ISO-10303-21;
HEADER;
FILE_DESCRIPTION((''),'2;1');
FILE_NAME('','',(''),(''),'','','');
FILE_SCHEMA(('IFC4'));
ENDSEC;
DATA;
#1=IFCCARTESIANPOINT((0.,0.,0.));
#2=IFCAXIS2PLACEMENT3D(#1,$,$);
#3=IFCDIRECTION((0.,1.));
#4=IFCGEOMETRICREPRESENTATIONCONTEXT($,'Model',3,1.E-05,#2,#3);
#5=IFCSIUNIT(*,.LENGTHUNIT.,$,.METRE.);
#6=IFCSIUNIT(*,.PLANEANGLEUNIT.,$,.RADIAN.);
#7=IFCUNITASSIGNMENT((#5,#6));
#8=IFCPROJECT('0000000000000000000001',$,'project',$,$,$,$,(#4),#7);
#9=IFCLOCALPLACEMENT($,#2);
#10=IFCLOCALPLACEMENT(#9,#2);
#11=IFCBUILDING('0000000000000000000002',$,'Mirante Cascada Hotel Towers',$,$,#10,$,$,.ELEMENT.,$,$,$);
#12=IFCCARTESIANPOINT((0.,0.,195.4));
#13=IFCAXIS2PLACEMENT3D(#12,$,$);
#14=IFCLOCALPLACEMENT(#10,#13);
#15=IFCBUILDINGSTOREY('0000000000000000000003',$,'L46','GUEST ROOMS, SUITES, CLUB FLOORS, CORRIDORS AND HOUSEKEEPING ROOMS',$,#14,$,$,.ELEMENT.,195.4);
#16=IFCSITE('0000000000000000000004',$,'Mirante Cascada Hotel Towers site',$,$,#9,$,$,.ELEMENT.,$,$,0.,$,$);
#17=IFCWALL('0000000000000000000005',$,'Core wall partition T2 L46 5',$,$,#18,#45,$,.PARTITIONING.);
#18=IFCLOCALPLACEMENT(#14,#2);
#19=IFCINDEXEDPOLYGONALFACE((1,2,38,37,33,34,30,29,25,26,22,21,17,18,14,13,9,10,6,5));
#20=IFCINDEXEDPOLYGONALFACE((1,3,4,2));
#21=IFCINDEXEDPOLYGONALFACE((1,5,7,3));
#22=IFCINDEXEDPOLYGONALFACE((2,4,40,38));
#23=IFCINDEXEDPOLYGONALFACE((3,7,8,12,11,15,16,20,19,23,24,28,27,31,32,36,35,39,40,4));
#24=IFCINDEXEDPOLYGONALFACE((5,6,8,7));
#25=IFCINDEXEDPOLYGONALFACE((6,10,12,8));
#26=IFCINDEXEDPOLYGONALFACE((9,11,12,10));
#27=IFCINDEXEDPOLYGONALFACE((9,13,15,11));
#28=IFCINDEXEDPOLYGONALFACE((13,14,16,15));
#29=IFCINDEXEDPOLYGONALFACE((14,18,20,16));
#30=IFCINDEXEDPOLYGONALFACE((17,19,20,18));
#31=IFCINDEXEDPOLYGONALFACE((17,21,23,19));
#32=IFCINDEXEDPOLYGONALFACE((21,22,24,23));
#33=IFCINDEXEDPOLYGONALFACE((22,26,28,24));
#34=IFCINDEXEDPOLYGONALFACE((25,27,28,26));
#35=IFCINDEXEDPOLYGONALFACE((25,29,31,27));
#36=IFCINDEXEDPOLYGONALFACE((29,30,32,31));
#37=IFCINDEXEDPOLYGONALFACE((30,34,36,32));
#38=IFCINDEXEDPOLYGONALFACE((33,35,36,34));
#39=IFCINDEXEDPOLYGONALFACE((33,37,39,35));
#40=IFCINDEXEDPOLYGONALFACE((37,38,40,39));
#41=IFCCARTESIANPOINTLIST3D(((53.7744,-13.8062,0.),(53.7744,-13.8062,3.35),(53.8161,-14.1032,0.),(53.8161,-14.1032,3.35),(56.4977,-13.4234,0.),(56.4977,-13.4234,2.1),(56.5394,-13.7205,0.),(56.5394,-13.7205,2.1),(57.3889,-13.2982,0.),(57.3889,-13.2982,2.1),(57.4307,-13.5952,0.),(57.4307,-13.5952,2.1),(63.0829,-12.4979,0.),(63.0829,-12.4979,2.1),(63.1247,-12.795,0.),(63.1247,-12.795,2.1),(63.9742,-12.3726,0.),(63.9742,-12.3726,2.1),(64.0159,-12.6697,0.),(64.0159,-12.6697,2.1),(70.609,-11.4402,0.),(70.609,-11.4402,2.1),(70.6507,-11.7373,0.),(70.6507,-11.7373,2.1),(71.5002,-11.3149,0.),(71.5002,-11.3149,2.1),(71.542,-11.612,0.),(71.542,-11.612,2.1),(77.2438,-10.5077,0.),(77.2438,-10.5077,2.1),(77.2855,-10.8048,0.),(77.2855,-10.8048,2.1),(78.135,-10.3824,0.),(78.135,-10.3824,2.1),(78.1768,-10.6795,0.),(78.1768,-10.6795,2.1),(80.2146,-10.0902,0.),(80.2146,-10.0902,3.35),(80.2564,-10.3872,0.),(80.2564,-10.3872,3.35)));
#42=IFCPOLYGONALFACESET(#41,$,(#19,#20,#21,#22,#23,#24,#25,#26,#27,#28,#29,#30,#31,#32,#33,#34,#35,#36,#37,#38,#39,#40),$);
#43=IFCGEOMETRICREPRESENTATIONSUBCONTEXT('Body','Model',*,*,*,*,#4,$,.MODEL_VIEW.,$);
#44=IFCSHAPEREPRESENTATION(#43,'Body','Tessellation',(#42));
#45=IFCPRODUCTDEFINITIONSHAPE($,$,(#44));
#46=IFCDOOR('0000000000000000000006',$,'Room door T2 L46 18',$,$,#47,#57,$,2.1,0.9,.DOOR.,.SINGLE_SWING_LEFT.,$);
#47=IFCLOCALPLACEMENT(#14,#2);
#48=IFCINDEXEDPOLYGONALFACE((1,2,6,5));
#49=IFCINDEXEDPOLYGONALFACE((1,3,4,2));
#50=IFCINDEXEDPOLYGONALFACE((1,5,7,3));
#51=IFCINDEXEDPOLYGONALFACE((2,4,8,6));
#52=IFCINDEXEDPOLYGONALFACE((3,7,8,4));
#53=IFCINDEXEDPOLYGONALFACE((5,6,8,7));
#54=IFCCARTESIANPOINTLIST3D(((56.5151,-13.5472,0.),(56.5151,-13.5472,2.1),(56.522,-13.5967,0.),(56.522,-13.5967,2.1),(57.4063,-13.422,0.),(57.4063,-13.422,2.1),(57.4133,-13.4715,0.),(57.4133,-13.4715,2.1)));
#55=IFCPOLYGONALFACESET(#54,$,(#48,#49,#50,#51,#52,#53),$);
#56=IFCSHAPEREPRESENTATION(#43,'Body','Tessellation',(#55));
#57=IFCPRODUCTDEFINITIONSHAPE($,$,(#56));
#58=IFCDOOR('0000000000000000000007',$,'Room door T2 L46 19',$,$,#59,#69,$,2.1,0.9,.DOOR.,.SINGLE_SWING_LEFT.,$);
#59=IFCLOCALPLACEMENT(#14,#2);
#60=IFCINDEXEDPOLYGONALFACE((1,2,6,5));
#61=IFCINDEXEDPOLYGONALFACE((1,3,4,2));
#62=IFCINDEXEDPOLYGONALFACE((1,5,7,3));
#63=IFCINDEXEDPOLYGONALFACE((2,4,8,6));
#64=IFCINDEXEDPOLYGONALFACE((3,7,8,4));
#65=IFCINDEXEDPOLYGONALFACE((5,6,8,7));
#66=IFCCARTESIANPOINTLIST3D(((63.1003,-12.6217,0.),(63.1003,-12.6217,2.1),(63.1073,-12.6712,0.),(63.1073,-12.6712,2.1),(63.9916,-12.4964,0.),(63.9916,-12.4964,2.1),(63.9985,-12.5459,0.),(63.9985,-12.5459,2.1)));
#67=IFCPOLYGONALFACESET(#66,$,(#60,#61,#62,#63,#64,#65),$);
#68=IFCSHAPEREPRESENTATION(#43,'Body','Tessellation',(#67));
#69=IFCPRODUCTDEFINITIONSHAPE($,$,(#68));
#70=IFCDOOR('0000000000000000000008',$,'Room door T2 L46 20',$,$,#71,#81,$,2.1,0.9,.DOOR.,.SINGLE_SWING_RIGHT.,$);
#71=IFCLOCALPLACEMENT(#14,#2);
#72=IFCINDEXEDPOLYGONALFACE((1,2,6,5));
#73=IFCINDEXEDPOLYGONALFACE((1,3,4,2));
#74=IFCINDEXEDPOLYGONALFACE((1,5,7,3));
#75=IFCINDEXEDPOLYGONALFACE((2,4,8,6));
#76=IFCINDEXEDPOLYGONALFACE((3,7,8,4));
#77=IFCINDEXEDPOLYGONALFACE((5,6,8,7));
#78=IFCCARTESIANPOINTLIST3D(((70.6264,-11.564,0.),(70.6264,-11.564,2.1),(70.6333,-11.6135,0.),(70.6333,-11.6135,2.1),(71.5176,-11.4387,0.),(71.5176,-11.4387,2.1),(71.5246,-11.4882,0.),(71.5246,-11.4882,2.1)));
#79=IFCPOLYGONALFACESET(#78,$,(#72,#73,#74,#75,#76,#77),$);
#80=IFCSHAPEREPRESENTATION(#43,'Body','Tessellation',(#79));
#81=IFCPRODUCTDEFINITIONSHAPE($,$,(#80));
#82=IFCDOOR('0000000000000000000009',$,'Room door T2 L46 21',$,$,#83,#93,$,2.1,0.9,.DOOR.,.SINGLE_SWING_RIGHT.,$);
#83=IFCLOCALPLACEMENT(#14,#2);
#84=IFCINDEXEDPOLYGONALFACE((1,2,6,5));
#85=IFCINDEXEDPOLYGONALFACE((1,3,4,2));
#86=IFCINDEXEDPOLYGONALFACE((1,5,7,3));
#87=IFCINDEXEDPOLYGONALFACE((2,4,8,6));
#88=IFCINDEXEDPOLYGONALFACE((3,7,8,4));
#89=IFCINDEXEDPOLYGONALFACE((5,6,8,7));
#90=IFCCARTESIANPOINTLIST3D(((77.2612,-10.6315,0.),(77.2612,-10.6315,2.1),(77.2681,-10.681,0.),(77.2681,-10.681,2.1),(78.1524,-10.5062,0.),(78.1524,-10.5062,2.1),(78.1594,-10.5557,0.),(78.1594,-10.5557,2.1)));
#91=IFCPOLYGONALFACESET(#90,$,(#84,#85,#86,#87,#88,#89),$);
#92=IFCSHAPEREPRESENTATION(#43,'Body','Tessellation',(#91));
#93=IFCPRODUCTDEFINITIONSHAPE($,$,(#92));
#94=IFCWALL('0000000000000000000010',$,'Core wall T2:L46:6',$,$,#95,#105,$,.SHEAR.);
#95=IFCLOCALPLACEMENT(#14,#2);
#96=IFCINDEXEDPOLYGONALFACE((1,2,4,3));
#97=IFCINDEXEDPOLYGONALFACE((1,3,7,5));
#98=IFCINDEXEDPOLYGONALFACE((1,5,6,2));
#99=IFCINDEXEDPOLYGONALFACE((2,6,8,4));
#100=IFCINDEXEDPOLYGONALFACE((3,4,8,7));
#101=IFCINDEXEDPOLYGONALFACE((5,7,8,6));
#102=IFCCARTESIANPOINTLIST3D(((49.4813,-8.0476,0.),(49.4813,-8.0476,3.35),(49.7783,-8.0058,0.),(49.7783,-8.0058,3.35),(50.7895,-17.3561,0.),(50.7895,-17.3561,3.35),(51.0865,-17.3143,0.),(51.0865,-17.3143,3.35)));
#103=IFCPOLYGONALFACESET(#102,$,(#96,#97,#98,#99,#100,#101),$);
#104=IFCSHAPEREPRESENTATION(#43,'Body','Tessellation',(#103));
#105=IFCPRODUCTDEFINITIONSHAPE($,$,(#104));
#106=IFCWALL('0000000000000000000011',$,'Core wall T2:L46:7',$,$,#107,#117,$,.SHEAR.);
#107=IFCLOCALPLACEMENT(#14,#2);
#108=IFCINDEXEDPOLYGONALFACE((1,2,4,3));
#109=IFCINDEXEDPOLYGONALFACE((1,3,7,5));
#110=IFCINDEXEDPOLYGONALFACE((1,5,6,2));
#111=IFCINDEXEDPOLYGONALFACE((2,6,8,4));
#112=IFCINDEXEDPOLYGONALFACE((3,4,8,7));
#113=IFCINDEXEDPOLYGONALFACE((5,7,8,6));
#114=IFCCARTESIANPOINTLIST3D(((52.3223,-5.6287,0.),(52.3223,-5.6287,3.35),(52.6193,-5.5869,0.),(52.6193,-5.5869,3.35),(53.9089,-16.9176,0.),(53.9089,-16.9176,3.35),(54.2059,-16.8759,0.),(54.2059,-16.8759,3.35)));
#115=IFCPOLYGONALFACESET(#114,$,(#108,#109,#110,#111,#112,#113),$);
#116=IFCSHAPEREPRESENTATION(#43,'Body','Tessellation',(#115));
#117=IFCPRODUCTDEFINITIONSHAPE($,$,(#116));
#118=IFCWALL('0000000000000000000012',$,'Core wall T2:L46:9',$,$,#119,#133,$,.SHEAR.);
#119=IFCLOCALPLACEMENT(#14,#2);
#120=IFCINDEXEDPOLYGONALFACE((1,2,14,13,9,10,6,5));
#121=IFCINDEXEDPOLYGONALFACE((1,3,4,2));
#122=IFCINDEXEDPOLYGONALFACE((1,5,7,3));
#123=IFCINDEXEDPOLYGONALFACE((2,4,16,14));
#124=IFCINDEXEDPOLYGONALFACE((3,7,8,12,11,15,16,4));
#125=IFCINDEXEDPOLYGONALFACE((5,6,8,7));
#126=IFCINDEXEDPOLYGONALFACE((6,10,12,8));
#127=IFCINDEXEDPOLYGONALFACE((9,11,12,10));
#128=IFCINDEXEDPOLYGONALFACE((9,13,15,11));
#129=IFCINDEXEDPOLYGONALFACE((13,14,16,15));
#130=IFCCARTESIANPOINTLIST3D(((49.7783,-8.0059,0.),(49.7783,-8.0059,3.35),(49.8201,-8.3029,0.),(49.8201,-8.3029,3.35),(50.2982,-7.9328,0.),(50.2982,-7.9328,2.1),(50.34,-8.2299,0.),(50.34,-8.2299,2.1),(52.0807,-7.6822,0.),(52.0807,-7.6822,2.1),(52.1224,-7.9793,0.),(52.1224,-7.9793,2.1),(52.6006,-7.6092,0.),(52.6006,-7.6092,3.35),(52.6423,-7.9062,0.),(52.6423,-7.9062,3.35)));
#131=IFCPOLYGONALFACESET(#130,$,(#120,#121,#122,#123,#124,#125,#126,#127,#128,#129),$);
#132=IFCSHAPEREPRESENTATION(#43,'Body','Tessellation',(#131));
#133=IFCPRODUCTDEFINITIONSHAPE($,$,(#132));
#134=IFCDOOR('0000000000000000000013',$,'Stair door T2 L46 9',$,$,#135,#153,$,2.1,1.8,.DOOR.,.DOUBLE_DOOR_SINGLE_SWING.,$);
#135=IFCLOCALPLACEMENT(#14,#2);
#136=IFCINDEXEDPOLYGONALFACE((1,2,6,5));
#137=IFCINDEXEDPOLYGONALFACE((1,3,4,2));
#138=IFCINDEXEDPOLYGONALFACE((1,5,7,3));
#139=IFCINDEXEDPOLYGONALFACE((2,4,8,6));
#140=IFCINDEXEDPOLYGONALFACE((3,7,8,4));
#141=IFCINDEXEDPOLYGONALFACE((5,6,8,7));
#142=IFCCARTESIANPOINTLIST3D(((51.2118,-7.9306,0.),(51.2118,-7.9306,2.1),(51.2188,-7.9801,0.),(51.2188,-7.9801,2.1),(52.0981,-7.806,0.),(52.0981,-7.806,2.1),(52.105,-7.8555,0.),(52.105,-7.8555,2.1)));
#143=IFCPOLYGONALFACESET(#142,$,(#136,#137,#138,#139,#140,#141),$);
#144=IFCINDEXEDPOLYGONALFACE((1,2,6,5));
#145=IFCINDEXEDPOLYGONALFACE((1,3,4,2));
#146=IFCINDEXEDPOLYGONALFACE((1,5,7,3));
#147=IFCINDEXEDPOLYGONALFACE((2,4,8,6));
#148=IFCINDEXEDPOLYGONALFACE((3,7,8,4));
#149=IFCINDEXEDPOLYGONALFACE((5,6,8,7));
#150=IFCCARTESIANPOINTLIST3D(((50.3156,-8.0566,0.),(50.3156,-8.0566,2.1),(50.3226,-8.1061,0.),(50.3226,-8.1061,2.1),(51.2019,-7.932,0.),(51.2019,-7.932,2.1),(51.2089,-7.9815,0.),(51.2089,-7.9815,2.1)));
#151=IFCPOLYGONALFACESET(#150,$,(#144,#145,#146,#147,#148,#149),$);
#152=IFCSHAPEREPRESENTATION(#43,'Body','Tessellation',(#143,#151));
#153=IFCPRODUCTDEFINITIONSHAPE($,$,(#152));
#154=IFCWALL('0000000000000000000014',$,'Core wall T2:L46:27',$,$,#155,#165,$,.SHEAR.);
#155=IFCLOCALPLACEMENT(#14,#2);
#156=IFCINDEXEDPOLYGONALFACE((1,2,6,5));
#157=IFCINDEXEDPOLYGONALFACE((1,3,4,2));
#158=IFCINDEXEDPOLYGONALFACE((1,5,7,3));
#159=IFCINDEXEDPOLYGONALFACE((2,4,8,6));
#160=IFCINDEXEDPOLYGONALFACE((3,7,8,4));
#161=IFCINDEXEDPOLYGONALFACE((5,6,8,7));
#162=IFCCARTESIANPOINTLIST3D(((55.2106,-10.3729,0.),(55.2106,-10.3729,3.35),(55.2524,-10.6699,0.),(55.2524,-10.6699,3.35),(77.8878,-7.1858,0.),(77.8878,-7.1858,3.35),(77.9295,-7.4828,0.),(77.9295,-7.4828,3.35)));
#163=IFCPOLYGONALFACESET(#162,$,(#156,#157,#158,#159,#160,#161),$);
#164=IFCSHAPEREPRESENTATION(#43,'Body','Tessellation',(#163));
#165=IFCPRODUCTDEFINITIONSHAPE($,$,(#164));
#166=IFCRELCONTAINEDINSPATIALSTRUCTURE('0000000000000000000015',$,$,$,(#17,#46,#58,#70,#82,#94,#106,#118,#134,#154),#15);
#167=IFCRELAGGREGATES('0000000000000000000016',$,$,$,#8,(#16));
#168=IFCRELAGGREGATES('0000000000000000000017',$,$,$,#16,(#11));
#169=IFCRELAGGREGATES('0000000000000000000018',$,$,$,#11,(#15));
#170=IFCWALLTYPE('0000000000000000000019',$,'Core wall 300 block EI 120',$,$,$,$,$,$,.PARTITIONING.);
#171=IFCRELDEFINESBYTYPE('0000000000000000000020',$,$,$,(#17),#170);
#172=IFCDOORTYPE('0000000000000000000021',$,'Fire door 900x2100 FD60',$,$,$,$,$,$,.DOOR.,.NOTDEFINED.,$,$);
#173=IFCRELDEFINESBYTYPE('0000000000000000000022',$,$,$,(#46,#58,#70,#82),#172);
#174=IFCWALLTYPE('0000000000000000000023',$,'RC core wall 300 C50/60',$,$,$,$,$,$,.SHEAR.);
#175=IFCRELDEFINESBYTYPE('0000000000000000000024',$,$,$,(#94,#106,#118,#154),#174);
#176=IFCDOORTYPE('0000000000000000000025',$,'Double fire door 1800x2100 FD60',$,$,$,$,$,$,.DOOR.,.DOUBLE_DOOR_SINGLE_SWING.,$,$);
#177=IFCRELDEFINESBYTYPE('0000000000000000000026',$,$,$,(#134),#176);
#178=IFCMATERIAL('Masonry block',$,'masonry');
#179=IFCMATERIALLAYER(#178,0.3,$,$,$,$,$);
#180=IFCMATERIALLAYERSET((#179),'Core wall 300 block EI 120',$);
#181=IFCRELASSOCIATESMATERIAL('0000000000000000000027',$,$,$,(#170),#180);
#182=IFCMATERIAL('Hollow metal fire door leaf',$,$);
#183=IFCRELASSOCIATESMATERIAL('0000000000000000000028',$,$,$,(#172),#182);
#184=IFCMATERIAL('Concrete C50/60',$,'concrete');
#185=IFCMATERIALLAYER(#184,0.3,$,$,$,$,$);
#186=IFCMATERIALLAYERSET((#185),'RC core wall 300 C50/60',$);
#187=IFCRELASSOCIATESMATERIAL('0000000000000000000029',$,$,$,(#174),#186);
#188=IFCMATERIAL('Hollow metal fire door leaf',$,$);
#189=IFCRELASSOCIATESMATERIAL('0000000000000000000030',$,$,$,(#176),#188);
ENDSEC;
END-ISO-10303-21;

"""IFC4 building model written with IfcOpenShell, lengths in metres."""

from ifc_helpers import new_model, si_unit, direction, frame, frame_2d, origin, place, context, subcontext, project, spatial, rectangle, extrude, material, layer, layer_set, type_object, element, fill, save


model = new_model("IFC4")

# Units and contexts
model_context = context("Model", 3, precision=1e-05, world=origin(), true_north=direction((0.0, 1.0)))
body_context = subcontext(model_context, "Body", "Model", "MODEL_VIEW")
ifc_project = project(units=[si_unit("LENGTHUNIT", "METRE"), si_unit("PLANEANGLEUNIT", "RADIAN")], contexts=[model_context])

# Site, building, storey
site_placement = place(None, origin())
site = spatial("IfcSite", under=ifc_project, at=site_placement, Name="Mirante Cascada Hotel Towers site", CompositionType="ELEMENT", RefElevation=0.0)
building_placement = place(site_placement, origin())
building = spatial("IfcBuilding", under=site, at=building_placement, Name="Mirante Cascada Hotel Towers", CompositionType="ELEMENT")
storey_placement = place(building_placement, frame((0.0, 0.0, 195.4)))
storey = spatial("IfcBuildingStorey", under=building, at=storey_placement, Name="L46", Description="GUEST ROOMS, SUITES, CLUB FLOORS, CORRIDORS AND HOUSEKEEPING ROOMS", CompositionType="ELEMENT", Elevation=195.4)

# Wall, openings, doors
ifc_material_1 = material(Name="Masonry block", Category="masonry")
ifc_layer_1 = layer(ifc_material_1, 0.3)
ifc_layer_set_1 = layer_set([ifc_layer_1], Name="Core wall 300 block EI 120")
wall_type_1 = type_object("IfcWallType", Name="Core wall 300 block EI 120", PredefinedType="PARTITIONING", material=ifc_layer_set_1)
wall_1_placement = place(storey_placement, frame((53.7953, -13.9547, 0.0), z_axis=(0.0, 0.0, 1.0), x_axis=(0.990268, 0.139176, 0.0)))
wall_1 = element("IfcWall", 1, at=wall_1_placement, inside=storey, type_object=wall_type_1, Name="Core wall partition T2 L46 5", PredefinedType="PARTITIONING", context=body_context, shape_type="SweptSolid", body=[
    extrude(rectangle(XDim=26.7001, YDim=0.3, at=frame_2d((13.35, 0.0))), origin(), (0.0, 0.0, 1.0), 3.35),
])
opening_1_placement = place(wall_1_placement, frame((2.75, 0.0, 0.0)))
opening_1 = element("IfcOpeningElement", 2, at=opening_1_placement, cuts=wall_1, PredefinedType="OPENING", context=body_context, shape_type="SweptSolid", body=[
    extrude(rectangle(XDim=0.9, YDim=2.1, at=frame_2d((0.45, 1.05))), frame((0.0, 0.15, 0.0), z_axis=(0.0, -1.0, 0.0), x_axis=(1.0, 0.0, 0.0)), (0.0, 0.0, 1.0), 0.3),
])
opening_2_placement = place(wall_1_placement, frame((9.4, 0.0, 0.0)))
opening_2 = element("IfcOpeningElement", 3, at=opening_2_placement, cuts=wall_1, PredefinedType="OPENING", context=body_context, shape_type="SweptSolid", body=[
    extrude(rectangle(XDim=0.9, YDim=2.1, at=frame_2d((0.45, 1.05))), frame((0.0, 0.15, 0.0), z_axis=(0.0, -1.0, 0.0), x_axis=(1.0, 0.0, 0.0)), (0.0, 0.0, 1.0), 0.3),
])
opening_3_placement = place(wall_1_placement, frame((17.0, 0.0, 0.0)))
opening_3 = element("IfcOpeningElement", 4, at=opening_3_placement, cuts=wall_1, PredefinedType="OPENING", context=body_context, shape_type="SweptSolid", body=[
    extrude(rectangle(XDim=0.9, YDim=2.1, at=frame_2d((0.45, 1.05))), frame((0.0, 0.15, 0.0), z_axis=(0.0, -1.0, 0.0), x_axis=(1.0, 0.0, 0.0)), (0.0, 0.0, 1.0), 0.3),
])
opening_4_placement = place(wall_1_placement, frame((23.7, 0.0, 0.0)))
opening_4 = element("IfcOpeningElement", 5, at=opening_4_placement, cuts=wall_1, PredefinedType="OPENING", context=body_context, shape_type="SweptSolid", body=[
    extrude(rectangle(XDim=0.9, YDim=2.1, at=frame_2d((0.45, 1.05))), frame((0.0, 0.15, 0.0), z_axis=(0.0, -1.0, 0.0), x_axis=(1.0, 0.0, 0.0)), (0.0, 0.0, 1.0), 0.3),
])
ifc_material_2 = material(Name="Hollow metal fire door leaf")
door_type_1 = type_object("IfcDoorType", Name="Fire door 900x2100 FD60", OperationType="NOTDEFINED", PredefinedType="DOOR", material=ifc_material_2)
door_1_placement = place(opening_1_placement, frame((0.9, 0.0, 0.0), z_axis=(0.0, 0.0, 1.0), x_axis=(-1.0, 0.0, 0.0)))
door_1 = element("IfcDoor", 6, at=door_1_placement, inside=storey, type_object=door_type_1, Name="Room door T2 L46 18", OperationType="SINGLE_SWING_LEFT", OverallHeight=2.1, OverallWidth=0.9, PredefinedType="DOOR", context=body_context, shape_type="SweptSolid", body=[
    extrude(rectangle(XDim=0.9, YDim=2.1, at=frame_2d((0.45, 1.05))), frame((0.0, 0.025, 0.0), z_axis=(0.0, -1.0, 0.0), x_axis=(1.0, 0.0, 0.0)), (0.0, 0.0, 1.0), 0.05),
])
fill(opening_1, door_1)
door_2_placement = place(opening_2_placement, frame((0.9, 0.0, 0.0), z_axis=(0.0, 0.0, 1.0), x_axis=(-1.0, 0.0, 0.0)))
door_2 = element("IfcDoor", 7, at=door_2_placement, inside=storey, type_object=door_type_1, Name="Room door T2 L46 19", OperationType="SINGLE_SWING_LEFT", OverallHeight=2.1, OverallWidth=0.9, PredefinedType="DOOR", context=body_context, shape_type="SweptSolid", body=[
    extrude(rectangle(XDim=0.9, YDim=2.1, at=frame_2d((0.45, 1.05))), frame((0.0, 0.025, 0.0), z_axis=(0.0, -1.0, 0.0), x_axis=(1.0, 0.0, 0.0)), (0.0, 0.0, 1.0), 0.05),
])
fill(opening_2, door_2)
door_3_placement = place(opening_3_placement, frame((0.9, 0.0, 0.0), z_axis=(0.0, 0.0, 1.0), x_axis=(-1.0, 0.0, 0.0)))
door_3 = element("IfcDoor", 8, at=door_3_placement, inside=storey, type_object=door_type_1, Name="Room door T2 L46 20", OperationType="SINGLE_SWING_RIGHT", OverallHeight=2.1, OverallWidth=0.9, PredefinedType="DOOR", context=body_context, shape_type="SweptSolid", body=[
    extrude(rectangle(XDim=0.9, YDim=2.1, at=frame_2d((0.45, 1.05))), frame((0.0, 0.025, 0.0), z_axis=(0.0, -1.0, 0.0), x_axis=(1.0, 0.0, 0.0)), (0.0, 0.0, 1.0), 0.05),
])
fill(opening_3, door_3)
door_4_placement = place(opening_4_placement, frame((0.9, 0.0, 0.0), z_axis=(0.0, 0.0, 1.0), x_axis=(-1.0, 0.0, 0.0)))
door_4 = element("IfcDoor", 9, at=door_4_placement, inside=storey, type_object=door_type_1, Name="Room door T2 L46 21", OperationType="SINGLE_SWING_RIGHT", OverallHeight=2.1, OverallWidth=0.9, PredefinedType="DOOR", context=body_context, shape_type="SweptSolid", body=[
    extrude(rectangle(XDim=0.9, YDim=2.1, at=frame_2d((0.45, 1.05))), frame((0.0, 0.025, 0.0), z_axis=(0.0, -1.0, 0.0), x_axis=(1.0, 0.0, 0.0)), (0.0, 0.0, 1.0), 0.05),
])
fill(opening_4, door_4)

# Walls
ifc_material_3 = material(Name="Concrete C50/60", Category="concrete")
ifc_layer_2 = layer(ifc_material_3, 0.3)
ifc_layer_set_2 = layer_set([ifc_layer_2], Name="RC core wall 300 C50/60")
wall_type_2 = type_object("IfcWallType", Name="RC core wall 300 C50/60", PredefinedType="SHEAR", material=ifc_layer_set_2)
wall_2_placement = place(storey_placement, frame((50.938, -17.3352, 0.0), z_axis=(0.0, 0.0, 1.0), x_axis=(-0.139171, 0.990268, 0.0)))
element("IfcWall", 10, at=wall_2_placement, inside=storey, type_object=wall_type_2, Name="Core wall T2:L46:6", PredefinedType="SHEAR", context=body_context, shape_type="SweptSolid", body=[
    extrude(rectangle(XDim=9.4, YDim=0.3, at=frame_2d((4.7, 0.0))), origin(), (0.0, 0.0, 1.0), 3.35),
])
wall_3_placement = place(storey_placement, frame((54.0574, -16.8968, 0.0), z_axis=(0.0, 0.0, 1.0), x_axis=(-0.139176, 0.990268, 0.0)))
element("IfcWall", 11, at=wall_3_placement, inside=storey, type_object=wall_type_2, Name="Core wall T2:L46:7", PredefinedType="SHEAR", context=body_context, shape_type="SweptSolid", body=[
    extrude(rectangle(XDim=11.3999, YDim=0.3, at=frame_2d((5.7, 0.0))), origin(), (0.0, 0.0, 1.0), 3.35),
])

# Wall, opening, door
wall_4_placement = place(storey_placement, frame((49.7992, -8.1544, 0.0), z_axis=(0.0, 0.0, 1.0), x_axis=(0.990266, 0.139191, 0.0)))
wall_4 = element("IfcWall", 12, at=wall_4_placement, inside=storey, type_object=wall_type_2, Name="Core wall T2:L46:9", PredefinedType="SHEAR", context=body_context, shape_type="SweptSolid", body=[
    extrude(rectangle(XDim=2.85, YDim=0.3, at=frame_2d((1.425, 0.0))), origin(), (0.0, 0.0, 1.0), 3.35),
])
opening_5_placement = place(wall_4_placement, frame((0.525, 0.0, 0.0)))
opening_5 = element("IfcOpeningElement", 13, at=opening_5_placement, cuts=wall_4, PredefinedType="OPENING", context=body_context, shape_type="SweptSolid", body=[
    extrude(rectangle(XDim=1.8, YDim=2.1, at=frame_2d((0.9, 1.05))), frame((0.0, 0.15, 0.0), z_axis=(0.0, -1.0, 0.0), x_axis=(1.0, 0.0, 0.0)), (0.0, 0.0, 1.0), 0.3),
])
ifc_material_4 = material(Name="Hollow metal fire door leaf")
door_type_2 = type_object("IfcDoorType", Name="Double fire door 1800x2100 FD60", OperationType="DOUBLE_DOOR_SINGLE_SWING", PredefinedType="DOOR", material=ifc_material_4)
door_5_placement = place(opening_5_placement, frame((1.8, 0.0, 0.0), z_axis=(0.0, 0.0, 1.0), x_axis=(-1.0, 0.0, 0.0)))
door_5 = element("IfcDoor", 14, at=door_5_placement, inside=storey, type_object=door_type_2, Name="Stair door T2 L46 9", OperationType="DOUBLE_DOOR_SINGLE_SWING", OverallHeight=2.1, OverallWidth=1.8, PredefinedType="DOOR", context=body_context, shape_type="SweptSolid", body=[
    extrude(rectangle(XDim=0.895, YDim=2.1, at=frame_2d((0.4475, 1.05))), frame((0.0, 0.025, 0.0), z_axis=(0.0, -1.0, 0.0), x_axis=(1.0, 0.0, 0.0)), (0.0, 0.0, 1.0), 0.05),
    extrude(rectangle(XDim=0.895, YDim=2.1, at=frame_2d((1.3525, 1.05))), frame((0.0, 0.025, 0.0), z_axis=(0.0, -1.0, 0.0), x_axis=(1.0, 0.0, 0.0)), (0.0, 0.0, 1.0), 0.05),
])
fill(opening_5, door_5)

# Wall
wall_5_placement = place(storey_placement, frame((55.2315, -10.5214, 0.0), z_axis=(0.0, 0.0, 1.0), x_axis=(0.990268, 0.139175, 0.0)))
element("IfcWall", 15, at=wall_5_placement, inside=storey, type_object=wall_type_2, Name="Core wall T2:L46:27", PredefinedType="SHEAR", context=body_context, shape_type="SweptSolid", body=[
    extrude(rectangle(XDim=22.9, YDim=0.3, at=frame_2d((11.45, 0.0))), origin(), (0.0, 0.0, 1.0), 3.35),
])

save(model, "model.ifc")
